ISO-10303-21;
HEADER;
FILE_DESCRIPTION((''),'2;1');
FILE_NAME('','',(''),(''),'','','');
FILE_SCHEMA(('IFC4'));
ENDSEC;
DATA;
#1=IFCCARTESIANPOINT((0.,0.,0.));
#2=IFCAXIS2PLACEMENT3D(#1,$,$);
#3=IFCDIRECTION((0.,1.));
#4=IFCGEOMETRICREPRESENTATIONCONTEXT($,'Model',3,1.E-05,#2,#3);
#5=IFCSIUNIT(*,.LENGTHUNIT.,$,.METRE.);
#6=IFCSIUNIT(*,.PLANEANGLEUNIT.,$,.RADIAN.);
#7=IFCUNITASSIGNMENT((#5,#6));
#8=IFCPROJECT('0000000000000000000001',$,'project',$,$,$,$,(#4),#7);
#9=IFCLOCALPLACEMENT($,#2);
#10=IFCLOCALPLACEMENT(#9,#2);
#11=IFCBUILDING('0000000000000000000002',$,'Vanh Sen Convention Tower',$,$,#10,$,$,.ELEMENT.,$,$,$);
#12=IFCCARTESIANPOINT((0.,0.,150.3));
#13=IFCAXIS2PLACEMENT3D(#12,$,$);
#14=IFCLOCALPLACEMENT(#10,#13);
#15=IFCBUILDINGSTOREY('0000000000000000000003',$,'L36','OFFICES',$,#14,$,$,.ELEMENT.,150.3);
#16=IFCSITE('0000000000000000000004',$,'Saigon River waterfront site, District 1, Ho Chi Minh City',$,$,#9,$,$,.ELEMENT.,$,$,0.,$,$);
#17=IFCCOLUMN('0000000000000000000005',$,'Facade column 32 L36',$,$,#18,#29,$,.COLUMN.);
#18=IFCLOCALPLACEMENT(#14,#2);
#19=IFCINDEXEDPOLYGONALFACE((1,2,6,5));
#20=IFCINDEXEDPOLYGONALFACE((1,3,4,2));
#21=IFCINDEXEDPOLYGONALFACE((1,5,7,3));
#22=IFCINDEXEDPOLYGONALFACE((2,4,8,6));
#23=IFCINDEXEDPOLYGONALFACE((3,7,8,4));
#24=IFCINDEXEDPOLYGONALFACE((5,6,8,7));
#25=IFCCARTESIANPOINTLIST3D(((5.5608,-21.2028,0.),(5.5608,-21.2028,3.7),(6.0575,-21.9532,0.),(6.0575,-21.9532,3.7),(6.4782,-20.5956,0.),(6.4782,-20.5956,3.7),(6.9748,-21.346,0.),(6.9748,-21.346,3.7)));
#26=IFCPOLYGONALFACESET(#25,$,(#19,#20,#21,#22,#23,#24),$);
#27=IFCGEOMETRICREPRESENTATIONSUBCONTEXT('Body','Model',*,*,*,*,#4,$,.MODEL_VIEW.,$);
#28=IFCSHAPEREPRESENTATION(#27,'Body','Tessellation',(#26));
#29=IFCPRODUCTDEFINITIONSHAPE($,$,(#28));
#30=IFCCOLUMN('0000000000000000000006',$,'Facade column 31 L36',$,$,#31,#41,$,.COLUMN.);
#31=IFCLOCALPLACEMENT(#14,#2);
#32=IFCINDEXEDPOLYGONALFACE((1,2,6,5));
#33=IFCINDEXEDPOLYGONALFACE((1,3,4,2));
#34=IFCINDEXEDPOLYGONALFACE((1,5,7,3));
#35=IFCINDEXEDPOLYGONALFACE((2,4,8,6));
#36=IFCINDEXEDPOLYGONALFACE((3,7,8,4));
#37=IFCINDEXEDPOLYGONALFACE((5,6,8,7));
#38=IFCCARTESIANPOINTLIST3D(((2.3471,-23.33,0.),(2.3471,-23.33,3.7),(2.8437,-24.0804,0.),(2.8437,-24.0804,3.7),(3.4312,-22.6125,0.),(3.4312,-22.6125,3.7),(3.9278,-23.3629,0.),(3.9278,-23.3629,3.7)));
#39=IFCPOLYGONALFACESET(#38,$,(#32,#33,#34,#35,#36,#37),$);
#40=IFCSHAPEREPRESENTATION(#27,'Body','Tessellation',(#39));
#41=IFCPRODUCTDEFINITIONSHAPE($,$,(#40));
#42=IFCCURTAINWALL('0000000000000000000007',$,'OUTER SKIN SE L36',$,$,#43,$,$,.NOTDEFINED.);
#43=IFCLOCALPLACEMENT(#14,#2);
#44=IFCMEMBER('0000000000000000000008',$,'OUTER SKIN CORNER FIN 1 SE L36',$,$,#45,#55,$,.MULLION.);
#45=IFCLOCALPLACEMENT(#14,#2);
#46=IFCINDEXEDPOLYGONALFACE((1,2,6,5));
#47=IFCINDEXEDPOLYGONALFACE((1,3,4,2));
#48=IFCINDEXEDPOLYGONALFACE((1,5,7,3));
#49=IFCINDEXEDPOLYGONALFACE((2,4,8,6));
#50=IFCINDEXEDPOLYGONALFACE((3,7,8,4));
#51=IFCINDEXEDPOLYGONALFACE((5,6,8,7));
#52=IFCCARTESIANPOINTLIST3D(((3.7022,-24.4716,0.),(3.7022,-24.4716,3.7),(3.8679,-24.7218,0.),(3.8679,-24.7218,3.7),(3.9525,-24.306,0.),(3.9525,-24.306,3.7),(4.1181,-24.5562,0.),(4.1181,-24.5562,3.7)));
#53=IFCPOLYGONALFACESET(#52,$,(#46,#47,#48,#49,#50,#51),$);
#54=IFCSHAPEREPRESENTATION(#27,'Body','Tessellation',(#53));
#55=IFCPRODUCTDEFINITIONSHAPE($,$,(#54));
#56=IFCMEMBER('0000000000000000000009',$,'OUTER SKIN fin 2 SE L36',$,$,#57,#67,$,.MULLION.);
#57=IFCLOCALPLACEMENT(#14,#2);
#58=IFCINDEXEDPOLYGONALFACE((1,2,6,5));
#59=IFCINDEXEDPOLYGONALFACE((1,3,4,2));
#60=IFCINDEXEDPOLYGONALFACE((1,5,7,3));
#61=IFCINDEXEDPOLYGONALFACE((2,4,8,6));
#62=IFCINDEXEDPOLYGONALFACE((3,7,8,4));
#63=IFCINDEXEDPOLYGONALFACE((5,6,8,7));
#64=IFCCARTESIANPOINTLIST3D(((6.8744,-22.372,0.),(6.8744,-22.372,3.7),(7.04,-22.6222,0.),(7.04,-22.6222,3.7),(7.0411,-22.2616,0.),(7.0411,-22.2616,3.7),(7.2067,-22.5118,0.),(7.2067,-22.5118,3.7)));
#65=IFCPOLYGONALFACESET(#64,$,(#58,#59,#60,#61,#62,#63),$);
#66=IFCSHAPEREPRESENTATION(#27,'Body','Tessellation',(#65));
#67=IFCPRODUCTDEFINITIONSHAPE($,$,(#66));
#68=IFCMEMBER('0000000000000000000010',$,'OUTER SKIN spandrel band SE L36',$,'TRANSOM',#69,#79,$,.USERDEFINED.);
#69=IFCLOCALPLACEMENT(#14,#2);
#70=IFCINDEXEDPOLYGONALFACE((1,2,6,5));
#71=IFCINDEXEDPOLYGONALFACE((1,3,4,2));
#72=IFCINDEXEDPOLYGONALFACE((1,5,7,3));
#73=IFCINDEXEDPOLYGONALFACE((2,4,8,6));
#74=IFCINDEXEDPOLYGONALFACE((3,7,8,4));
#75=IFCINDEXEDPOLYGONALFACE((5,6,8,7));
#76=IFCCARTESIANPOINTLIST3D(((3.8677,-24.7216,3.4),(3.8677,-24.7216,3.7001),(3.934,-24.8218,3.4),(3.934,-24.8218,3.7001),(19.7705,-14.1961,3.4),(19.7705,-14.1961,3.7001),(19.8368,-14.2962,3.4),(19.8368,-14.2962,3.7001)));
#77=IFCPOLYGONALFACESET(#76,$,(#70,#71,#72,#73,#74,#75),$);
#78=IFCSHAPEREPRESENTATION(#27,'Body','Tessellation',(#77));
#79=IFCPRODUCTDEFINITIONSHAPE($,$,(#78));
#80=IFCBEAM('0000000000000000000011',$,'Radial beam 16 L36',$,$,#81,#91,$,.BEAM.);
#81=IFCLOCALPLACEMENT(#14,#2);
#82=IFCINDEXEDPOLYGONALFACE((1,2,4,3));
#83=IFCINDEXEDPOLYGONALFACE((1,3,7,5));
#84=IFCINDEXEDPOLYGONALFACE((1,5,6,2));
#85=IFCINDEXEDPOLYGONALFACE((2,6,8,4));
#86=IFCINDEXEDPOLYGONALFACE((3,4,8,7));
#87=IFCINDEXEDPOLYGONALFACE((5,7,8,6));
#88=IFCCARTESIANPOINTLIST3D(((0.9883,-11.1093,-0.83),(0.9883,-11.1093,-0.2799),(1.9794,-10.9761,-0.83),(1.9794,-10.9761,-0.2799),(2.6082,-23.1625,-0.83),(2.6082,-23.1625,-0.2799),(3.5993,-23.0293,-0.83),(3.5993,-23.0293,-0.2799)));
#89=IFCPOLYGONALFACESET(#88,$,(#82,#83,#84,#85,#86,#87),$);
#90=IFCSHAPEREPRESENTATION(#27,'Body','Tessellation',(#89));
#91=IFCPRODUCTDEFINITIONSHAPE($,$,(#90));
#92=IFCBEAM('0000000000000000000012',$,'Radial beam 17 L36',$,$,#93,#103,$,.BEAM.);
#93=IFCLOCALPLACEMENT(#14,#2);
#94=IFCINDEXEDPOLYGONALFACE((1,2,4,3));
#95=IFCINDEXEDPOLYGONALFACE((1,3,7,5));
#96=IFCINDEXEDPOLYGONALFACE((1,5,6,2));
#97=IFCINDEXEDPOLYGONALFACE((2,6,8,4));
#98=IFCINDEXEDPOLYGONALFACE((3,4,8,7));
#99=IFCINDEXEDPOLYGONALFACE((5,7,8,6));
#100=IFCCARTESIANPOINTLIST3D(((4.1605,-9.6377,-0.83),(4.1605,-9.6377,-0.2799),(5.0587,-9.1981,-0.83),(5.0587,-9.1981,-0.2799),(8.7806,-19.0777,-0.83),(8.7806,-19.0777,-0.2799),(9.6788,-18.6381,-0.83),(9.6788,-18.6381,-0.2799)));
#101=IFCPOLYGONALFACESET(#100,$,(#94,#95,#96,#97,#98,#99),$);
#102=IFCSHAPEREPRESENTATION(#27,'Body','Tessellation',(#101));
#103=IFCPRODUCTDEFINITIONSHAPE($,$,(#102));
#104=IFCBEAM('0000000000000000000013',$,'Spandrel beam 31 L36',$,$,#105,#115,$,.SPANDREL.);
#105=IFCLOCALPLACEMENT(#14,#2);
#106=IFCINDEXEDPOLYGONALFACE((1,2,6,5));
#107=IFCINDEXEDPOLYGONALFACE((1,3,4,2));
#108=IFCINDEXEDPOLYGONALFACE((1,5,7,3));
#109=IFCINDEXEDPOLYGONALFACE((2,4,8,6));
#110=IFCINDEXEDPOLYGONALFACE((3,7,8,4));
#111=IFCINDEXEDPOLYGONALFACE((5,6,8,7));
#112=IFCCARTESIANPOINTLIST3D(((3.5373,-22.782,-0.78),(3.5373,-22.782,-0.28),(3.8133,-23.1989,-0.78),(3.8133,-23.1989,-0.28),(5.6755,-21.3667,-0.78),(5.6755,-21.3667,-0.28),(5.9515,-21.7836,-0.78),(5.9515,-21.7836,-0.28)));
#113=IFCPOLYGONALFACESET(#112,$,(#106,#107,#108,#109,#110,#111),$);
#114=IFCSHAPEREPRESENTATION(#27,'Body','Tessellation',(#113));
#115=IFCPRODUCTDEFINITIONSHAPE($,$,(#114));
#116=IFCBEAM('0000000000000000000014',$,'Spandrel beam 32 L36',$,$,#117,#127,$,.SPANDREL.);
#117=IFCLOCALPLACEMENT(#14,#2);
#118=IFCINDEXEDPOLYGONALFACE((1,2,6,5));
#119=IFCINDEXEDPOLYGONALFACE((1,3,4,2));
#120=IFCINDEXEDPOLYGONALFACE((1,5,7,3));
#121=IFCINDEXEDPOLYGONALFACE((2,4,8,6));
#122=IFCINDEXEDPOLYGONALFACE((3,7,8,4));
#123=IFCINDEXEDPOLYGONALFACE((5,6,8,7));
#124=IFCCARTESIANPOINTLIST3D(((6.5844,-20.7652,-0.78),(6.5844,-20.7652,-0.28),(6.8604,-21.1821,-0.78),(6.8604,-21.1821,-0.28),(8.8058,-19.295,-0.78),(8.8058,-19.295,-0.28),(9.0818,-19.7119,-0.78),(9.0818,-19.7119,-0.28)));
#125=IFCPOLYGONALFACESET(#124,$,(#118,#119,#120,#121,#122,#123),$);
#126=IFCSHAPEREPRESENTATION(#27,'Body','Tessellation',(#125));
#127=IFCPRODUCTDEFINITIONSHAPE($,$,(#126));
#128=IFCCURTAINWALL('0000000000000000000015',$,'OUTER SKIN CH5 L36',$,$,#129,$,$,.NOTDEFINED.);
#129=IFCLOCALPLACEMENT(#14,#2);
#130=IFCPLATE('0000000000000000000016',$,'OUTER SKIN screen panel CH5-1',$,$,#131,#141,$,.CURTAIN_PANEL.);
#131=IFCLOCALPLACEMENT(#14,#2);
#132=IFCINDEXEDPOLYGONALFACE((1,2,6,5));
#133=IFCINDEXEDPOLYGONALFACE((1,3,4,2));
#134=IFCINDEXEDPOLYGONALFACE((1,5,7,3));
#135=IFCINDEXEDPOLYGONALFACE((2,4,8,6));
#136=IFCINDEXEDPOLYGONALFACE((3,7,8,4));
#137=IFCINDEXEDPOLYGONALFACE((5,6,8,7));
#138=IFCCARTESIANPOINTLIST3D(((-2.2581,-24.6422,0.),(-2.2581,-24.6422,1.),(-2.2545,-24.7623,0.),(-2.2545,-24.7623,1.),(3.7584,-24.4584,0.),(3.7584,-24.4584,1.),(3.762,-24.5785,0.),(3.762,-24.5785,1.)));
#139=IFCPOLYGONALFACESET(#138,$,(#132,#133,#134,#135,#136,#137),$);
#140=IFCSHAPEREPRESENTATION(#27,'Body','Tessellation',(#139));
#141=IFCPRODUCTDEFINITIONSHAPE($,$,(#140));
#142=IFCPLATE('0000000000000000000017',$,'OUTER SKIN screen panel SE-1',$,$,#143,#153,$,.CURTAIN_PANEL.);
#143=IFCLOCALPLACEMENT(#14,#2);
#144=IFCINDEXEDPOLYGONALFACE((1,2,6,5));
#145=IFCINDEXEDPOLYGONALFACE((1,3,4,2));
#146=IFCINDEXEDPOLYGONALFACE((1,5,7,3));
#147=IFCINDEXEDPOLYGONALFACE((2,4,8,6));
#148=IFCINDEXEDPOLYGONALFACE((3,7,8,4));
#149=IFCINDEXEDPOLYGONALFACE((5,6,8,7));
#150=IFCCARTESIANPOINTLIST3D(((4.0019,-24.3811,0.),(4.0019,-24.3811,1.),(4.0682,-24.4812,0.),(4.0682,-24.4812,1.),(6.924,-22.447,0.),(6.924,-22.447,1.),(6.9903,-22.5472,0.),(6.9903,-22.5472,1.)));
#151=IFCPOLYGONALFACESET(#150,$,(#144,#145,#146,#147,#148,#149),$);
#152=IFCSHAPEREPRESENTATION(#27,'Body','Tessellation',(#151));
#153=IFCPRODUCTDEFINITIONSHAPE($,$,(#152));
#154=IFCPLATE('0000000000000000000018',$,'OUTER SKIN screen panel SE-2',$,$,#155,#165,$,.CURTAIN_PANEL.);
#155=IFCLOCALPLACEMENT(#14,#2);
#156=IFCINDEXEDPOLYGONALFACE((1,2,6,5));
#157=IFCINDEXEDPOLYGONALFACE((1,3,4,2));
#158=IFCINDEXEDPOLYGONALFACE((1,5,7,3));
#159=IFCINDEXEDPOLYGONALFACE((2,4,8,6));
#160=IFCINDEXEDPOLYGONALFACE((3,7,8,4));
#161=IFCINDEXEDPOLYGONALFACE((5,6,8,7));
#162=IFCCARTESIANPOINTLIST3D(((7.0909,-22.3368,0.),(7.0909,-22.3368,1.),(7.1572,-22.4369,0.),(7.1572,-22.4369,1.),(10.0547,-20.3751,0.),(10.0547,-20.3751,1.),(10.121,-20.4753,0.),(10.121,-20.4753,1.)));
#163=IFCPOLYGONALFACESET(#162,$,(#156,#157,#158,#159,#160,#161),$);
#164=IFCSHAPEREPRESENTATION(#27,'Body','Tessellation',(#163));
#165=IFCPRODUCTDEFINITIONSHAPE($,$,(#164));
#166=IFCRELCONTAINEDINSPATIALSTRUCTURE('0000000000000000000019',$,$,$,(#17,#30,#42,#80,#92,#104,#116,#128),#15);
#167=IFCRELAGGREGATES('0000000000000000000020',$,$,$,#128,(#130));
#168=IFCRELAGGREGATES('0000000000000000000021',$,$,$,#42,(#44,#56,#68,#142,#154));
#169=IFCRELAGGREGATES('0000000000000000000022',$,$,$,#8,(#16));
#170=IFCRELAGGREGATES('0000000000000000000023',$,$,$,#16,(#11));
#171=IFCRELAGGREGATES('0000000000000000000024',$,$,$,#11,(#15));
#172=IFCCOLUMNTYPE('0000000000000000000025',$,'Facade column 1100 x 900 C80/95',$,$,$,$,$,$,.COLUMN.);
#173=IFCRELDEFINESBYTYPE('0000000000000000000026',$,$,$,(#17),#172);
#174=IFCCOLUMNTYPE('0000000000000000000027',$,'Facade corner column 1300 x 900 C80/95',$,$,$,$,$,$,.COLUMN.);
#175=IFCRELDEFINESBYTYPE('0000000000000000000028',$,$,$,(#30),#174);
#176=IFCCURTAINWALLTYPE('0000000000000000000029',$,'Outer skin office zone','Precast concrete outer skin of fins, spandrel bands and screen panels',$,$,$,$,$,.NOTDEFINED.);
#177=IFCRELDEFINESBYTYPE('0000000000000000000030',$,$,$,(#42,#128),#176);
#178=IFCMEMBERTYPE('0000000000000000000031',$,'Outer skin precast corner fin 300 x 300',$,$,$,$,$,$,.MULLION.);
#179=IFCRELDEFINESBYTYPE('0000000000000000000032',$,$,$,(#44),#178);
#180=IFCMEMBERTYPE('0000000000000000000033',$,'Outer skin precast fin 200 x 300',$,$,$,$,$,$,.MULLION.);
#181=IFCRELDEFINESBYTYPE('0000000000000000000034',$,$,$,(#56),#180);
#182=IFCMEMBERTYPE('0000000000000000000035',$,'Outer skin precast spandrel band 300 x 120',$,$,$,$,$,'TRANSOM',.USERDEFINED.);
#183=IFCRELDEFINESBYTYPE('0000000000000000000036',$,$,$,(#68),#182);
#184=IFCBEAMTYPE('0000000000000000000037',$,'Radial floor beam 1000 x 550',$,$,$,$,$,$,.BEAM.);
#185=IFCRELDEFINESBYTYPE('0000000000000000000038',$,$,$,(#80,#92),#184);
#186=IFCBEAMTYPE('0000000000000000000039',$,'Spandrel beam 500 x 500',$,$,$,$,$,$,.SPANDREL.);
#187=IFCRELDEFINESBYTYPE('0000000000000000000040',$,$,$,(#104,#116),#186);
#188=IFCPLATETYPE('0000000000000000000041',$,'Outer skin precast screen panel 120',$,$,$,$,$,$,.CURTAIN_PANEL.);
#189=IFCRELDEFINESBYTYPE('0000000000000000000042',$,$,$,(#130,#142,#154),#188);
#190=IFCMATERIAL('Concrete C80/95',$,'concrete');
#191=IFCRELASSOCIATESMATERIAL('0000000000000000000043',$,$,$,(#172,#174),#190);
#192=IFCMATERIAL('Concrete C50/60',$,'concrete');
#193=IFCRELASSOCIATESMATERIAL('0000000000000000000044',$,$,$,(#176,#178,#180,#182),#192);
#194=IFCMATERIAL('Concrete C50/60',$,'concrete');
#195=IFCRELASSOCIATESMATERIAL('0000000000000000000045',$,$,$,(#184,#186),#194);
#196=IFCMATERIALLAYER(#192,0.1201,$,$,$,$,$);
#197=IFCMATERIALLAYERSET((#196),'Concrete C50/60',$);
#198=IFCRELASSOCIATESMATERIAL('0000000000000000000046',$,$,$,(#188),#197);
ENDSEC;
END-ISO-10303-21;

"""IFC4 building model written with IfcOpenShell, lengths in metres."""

from ifc_helpers import new_model, si_unit, direction, frame, origin, origin_2d, place, context, subcontext, project, spatial, rectangle, extrude, material, layer, layer_set, material_profile, profile_set, type_object, element, aggregate, save


model = new_model("IFC4")

# Units and contexts
model_context = context("Model", 3, precision=1e-05, world=origin(), true_north=direction((0.0, 1.0)))
body_context = subcontext(model_context, "Body", "Model", "MODEL_VIEW")
ifc_project = project(units=[si_unit("LENGTHUNIT", "METRE"), si_unit("PLANEANGLEUNIT", "RADIAN")], contexts=[model_context])

# Site, building, storey
site_placement = place(None, origin())
site = spatial("IfcSite", under=ifc_project, at=site_placement, Name="Saigon River waterfront site, District 1, Ho Chi Minh City", CompositionType="ELEMENT", RefElevation=0.0)
building_placement = place(site_placement, origin())
building = spatial("IfcBuilding", under=site, at=building_placement, Name="Vanh Sen Convention Tower", CompositionType="ELEMENT")
storey_placement = place(building_placement, frame((0.0, 0.0, 150.3)))
storey = spatial("IfcBuildingStorey", under=building, at=storey_placement, Name="L36", Description="OFFICES", CompositionType="ELEMENT", Elevation=150.3)

# Columns
ifc_material_1 = material(Name="Concrete C80/95", Category="concrete")
ifc_material_profile_1 = material_profile(ifc_material_1, rectangle(XDim=1.1001, YDim=0.8999, at=origin_2d()), Name="RC 1100X900")
ifc_profile_set_1 = profile_set([ifc_material_profile_1], Name="Concrete C80/95")
column_type_1 = type_object("IfcColumnType", Name="Facade column 1100 x 900 C80/95", PredefinedType="COLUMN", material=ifc_profile_set_1)
column_1_placement = place(storey_placement, frame((6.2678, -21.2744, 0.0), z_axis=(0.0, 0.0, 1.0), x_axis=(0.833886, 0.551937, 0.0)))
element("IfcColumn", 1, at=column_1_placement, inside=storey, type_object=column_type_1, Name="Facade column 32 L36", PredefinedType="COLUMN", context=body_context, shape_type="SweptSolid", body=[
    extrude(rectangle(XDim=1.1001, YDim=0.8999, at=origin_2d()), origin(), (0.0, 0.0, 1.0), 3.7),
])
ifc_material_profile_2 = material_profile(ifc_material_1, rectangle(XDim=1.3, YDim=0.8999, at=origin_2d()), Name="RC 1300X900")
ifc_profile_set_2 = profile_set([ifc_material_profile_2], Name="Concrete C80/95")
column_type_2 = type_object("IfcColumnType", Name="Facade corner column 1300 x 900 C80/95", PredefinedType="COLUMN", material=ifc_profile_set_2)
column_2_placement = place(storey_placement, frame((3.1375, -23.3464, 0.0), z_axis=(0.0, 0.0, 1.0), x_axis=(0.833886, 0.551937, 0.0)))
element("IfcColumn", 2, at=column_2_placement, inside=storey, type_object=column_type_2, Name="Facade column 31 L36", PredefinedType="COLUMN", context=body_context, shape_type="SweptSolid", body=[
    extrude(rectangle(XDim=1.3, YDim=0.8999, at=origin_2d()), origin(), (0.0, 0.0, 1.0), 3.7),
])

# Curtain wall, members
ifc_material_2 = material(Name="Concrete C50/60", Category="concrete")
curtain_wall_type = type_object("IfcCurtainWallType", Name="Outer skin office zone", Description="Precast concrete outer skin of fins, spandrel bands and screen panels", PredefinedType="NOTDEFINED", material=ifc_material_2)
curtain_wall_1_placement = place(storey_placement, origin())
curtain_wall_1 = element("IfcCurtainWall", 3, at=curtain_wall_1_placement, inside=storey, type_object=curtain_wall_type, Name="OUTER SKIN SE L36", PredefinedType="NOTDEFINED")
ifc_material_profile_3 = material_profile(ifc_material_2, rectangle(XDim=0.3, YDim=0.3, at=origin_2d()), Name="Outer skin precast corner fin 300 x 300")
ifc_profile_set_3 = profile_set([ifc_material_profile_3], Name="Concrete C50/60")
member_type_1 = type_object("IfcMemberType", Name="Outer skin precast corner fin 300 x 300", PredefinedType="MULLION", material=ifc_profile_set_3)
member_1_placement = place(storey_placement, frame((3.9102, -24.5139, 0.0), z_axis=(0.0, 0.0, 1.0), x_axis=(0.833886, 0.551937, 0.0)))
member_1 = element("IfcMember", 4, at=member_1_placement, type_object=member_type_1, Name="OUTER SKIN CORNER FIN 1 SE L36", PredefinedType="MULLION", context=body_context, shape_type="SweptSolid", body=[
    extrude(rectangle(XDim=0.3, YDim=0.3, at=origin_2d()), origin(), (0.0, 0.0, 1.0), 3.7),
])
ifc_material_profile_4 = material_profile(ifc_material_2, rectangle(XDim=0.2, YDim=0.3, at=origin_2d()), Name="Outer skin precast fin 200 x 300")
ifc_profile_set_4 = profile_set([ifc_material_profile_4], Name="Concrete C50/60")
member_type_2 = type_object("IfcMemberType", Name="Outer skin precast fin 200 x 300", PredefinedType="MULLION", material=ifc_profile_set_4)
member_2_placement = place(storey_placement, frame((7.0405, -22.4419, 0.0), z_axis=(0.0, 0.0, 1.0), x_axis=(0.833886, 0.551937, 0.0)))
member_2 = element("IfcMember", 5, at=member_2_placement, type_object=member_type_2, Name="OUTER SKIN fin 2 SE L36", PredefinedType="MULLION", context=body_context, shape_type="SweptSolid", body=[
    extrude(rectangle(XDim=0.2, YDim=0.3, at=origin_2d()), origin(), (0.0, 0.0, 1.0), 3.7),
])
ifc_material_profile_5 = material_profile(ifc_material_2, rectangle(XDim=0.1201, YDim=0.3, at=origin_2d()), Name="Outer skin precast spandrel band 300 x 120")
ifc_profile_set_5 = profile_set([ifc_material_profile_5], Name="Concrete C50/60")
member_type_3 = type_object("IfcMemberType", Name="Outer skin precast spandrel band 300 x 120", ElementType="TRANSOM", PredefinedType="USERDEFINED", material=ifc_profile_set_5)
member_3_placement = place(storey_placement, frame((3.9009, -24.7717, 3.55), z_axis=(0.833891, 0.551929, 0.0), x_axis=(-0.551929, 0.833891, 0.0)))
member_3 = element("IfcMember", 6, at=member_3_placement, type_object=member_type_3, Name="OUTER SKIN spandrel band SE L36", ObjectType="TRANSOM", PredefinedType="USERDEFINED", context=body_context, shape_type="SweptSolid", body=[
    extrude(rectangle(XDim=0.1201, YDim=0.3, at=origin_2d()), origin(), (0.0, 0.0, 1.0), 19.0706),
])

# Beams
ifc_material_3 = material(Name="Concrete C50/60", Category="concrete")
ifc_material_profile_6 = material_profile(ifc_material_3, rectangle(XDim=1.0, YDim=0.55, at=origin_2d()), Name="RC 1000X550")
ifc_profile_set_6 = profile_set([ifc_material_profile_6], Name="Concrete C50/60")
beam_type_1 = type_object("IfcBeamType", Name="Radial floor beam 1000 x 550", PredefinedType="BEAM", material=ifc_profile_set_6)
beam_1_placement = place(storey_placement, frame((3.1038, -23.0959, -0.5549), z_axis=(-0.133196, 0.99109, 0.0), x_axis=(-0.99109, -0.133196, 0.0)))
element("IfcBeam", 7, at=beam_1_placement, inside=storey, type_object=beam_type_1, Name="Radial beam 16 L36", PredefinedType="BEAM", context=body_context, shape_type="SweptSolid", body=[
    extrude(rectangle(XDim=1.0, YDim=0.55, at=origin_2d()), origin(), (0.0, 0.0, 1.0), 12.1616),
])
beam_2_placement = place(storey_placement, frame((9.2297, -18.8579, -0.5549), z_axis=(-0.439597, 0.898195, 0.0), x_axis=(-0.898195, -0.439597, 0.0)))
element("IfcBeam", 8, at=beam_2_placement, inside=storey, type_object=beam_type_1, Name="Radial beam 17 L36", PredefinedType="BEAM", context=body_context, shape_type="SweptSolid", body=[
    extrude(rectangle(XDim=1.0, YDim=0.55, at=origin_2d()), origin(), (0.0, 0.0, 1.0), 10.51),
])
ifc_material_profile_7 = material_profile(ifc_material_3, rectangle(XDim=0.5, YDim=0.5, at=origin_2d()), Name="RC 500X500")
ifc_profile_set_7 = profile_set([ifc_material_profile_7], Name="Concrete C50/60")
beam_type_2 = type_object("IfcBeamType", Name="Spandrel beam 500 x 500", PredefinedType="SPANDREL", material=ifc_profile_set_7)
beam_3_placement = place(storey_placement, frame((3.6753, -22.9905, -0.53), z_axis=(0.833877, 0.551951, 0.0), x_axis=(-0.551951, 0.833877, 0.0)))
element("IfcBeam", 9, at=beam_3_placement, inside=storey, type_object=beam_type_2, Name="Spandrel beam 31 L36", PredefinedType="SPANDREL", context=body_context, shape_type="SweptSolid", body=[
    extrude(rectangle(XDim=0.5, YDim=0.5, at=origin_2d()), origin(), (0.0, 0.0, 1.0), 2.5642),
])
beam_4_placement = place(storey_placement, frame((6.7224, -20.9736, -0.53), z_axis=(0.833907, 0.551905, 0.0), x_axis=(-0.551905, 0.833907, 0.0)))
element("IfcBeam", 10, at=beam_4_placement, inside=storey, type_object=beam_type_2, Name="Spandrel beam 32 L36", PredefinedType="SPANDREL", context=body_context, shape_type="SweptSolid", body=[
    extrude(rectangle(XDim=0.5, YDim=0.5, at=origin_2d()), origin(), (0.0, 0.0, 1.0), 2.6638),
])

# Curtain wall, plate
curtain_wall_2_placement = place(storey_placement, origin())
curtain_wall_2 = element("IfcCurtainWall", 11, at=curtain_wall_2_placement, inside=storey, type_object=curtain_wall_type, Name="OUTER SKIN CH5 L36", PredefinedType="NOTDEFINED")
ifc_layer_1 = layer(ifc_material_2, 0.1201)
ifc_layer_set_1 = layer_set([ifc_layer_1], Name="Concrete C50/60")
plate_type = type_object("IfcPlateType", Name="Outer skin precast screen panel 120", PredefinedType="CURTAIN_PANEL", material=ifc_layer_set_1)
plate_1_placement = place(storey_placement, frame((0.752, -24.6104, 0.0), z_axis=(0.0, 0.0, 1.0), x_axis=(0.999534, 0.03054, 0.0)))
plate_1 = element("IfcPlate", 12, at=plate_1_placement, type_object=plate_type, Name="OUTER SKIN screen panel CH5-1", PredefinedType="CURTAIN_PANEL", context=body_context, shape_type="SweptSolid", body=[
    extrude(rectangle(XDim=6.0193, YDim=0.1201, at=origin_2d()), origin(), (0.0, 0.0, 1.0), 1.0),
])
aggregate(curtain_wall_2, [plate_1])

# Plates
plate_2_placement = place(storey_placement, frame((5.4961, -23.4641, 0.0), z_axis=(0.0, 0.0, 1.0), x_axis=(0.83389, 0.551931, 0.0)))
plate_2 = element("IfcPlate", 13, at=plate_2_placement, type_object=plate_type, Name="OUTER SKIN screen panel SE-1", PredefinedType="CURTAIN_PANEL", context=body_context, shape_type="SweptSolid", body=[
    extrude(rectangle(XDim=3.5042, YDim=0.1201, at=origin_2d()), origin(), (0.0, 0.0, 1.0), 1.0),
])
plate_3_placement = place(storey_placement, frame((8.606, -21.406, 0.0), z_axis=(0.0, 0.0, 1.0), x_axis=(0.83389, 0.551931, 0.0)))
plate_3 = element("IfcPlate", 14, at=plate_3_placement, type_object=plate_type, Name="OUTER SKIN screen panel SE-2", PredefinedType="CURTAIN_PANEL", context=body_context, shape_type="SweptSolid", body=[
    extrude(rectangle(XDim=3.5542, YDim=0.1201, at=origin_2d()), origin(), (0.0, 0.0, 1.0), 1.0),
])
aggregate(curtain_wall_1, [member_1, member_2, member_3, plate_2, plate_3])

save(model, "model.ifc")
